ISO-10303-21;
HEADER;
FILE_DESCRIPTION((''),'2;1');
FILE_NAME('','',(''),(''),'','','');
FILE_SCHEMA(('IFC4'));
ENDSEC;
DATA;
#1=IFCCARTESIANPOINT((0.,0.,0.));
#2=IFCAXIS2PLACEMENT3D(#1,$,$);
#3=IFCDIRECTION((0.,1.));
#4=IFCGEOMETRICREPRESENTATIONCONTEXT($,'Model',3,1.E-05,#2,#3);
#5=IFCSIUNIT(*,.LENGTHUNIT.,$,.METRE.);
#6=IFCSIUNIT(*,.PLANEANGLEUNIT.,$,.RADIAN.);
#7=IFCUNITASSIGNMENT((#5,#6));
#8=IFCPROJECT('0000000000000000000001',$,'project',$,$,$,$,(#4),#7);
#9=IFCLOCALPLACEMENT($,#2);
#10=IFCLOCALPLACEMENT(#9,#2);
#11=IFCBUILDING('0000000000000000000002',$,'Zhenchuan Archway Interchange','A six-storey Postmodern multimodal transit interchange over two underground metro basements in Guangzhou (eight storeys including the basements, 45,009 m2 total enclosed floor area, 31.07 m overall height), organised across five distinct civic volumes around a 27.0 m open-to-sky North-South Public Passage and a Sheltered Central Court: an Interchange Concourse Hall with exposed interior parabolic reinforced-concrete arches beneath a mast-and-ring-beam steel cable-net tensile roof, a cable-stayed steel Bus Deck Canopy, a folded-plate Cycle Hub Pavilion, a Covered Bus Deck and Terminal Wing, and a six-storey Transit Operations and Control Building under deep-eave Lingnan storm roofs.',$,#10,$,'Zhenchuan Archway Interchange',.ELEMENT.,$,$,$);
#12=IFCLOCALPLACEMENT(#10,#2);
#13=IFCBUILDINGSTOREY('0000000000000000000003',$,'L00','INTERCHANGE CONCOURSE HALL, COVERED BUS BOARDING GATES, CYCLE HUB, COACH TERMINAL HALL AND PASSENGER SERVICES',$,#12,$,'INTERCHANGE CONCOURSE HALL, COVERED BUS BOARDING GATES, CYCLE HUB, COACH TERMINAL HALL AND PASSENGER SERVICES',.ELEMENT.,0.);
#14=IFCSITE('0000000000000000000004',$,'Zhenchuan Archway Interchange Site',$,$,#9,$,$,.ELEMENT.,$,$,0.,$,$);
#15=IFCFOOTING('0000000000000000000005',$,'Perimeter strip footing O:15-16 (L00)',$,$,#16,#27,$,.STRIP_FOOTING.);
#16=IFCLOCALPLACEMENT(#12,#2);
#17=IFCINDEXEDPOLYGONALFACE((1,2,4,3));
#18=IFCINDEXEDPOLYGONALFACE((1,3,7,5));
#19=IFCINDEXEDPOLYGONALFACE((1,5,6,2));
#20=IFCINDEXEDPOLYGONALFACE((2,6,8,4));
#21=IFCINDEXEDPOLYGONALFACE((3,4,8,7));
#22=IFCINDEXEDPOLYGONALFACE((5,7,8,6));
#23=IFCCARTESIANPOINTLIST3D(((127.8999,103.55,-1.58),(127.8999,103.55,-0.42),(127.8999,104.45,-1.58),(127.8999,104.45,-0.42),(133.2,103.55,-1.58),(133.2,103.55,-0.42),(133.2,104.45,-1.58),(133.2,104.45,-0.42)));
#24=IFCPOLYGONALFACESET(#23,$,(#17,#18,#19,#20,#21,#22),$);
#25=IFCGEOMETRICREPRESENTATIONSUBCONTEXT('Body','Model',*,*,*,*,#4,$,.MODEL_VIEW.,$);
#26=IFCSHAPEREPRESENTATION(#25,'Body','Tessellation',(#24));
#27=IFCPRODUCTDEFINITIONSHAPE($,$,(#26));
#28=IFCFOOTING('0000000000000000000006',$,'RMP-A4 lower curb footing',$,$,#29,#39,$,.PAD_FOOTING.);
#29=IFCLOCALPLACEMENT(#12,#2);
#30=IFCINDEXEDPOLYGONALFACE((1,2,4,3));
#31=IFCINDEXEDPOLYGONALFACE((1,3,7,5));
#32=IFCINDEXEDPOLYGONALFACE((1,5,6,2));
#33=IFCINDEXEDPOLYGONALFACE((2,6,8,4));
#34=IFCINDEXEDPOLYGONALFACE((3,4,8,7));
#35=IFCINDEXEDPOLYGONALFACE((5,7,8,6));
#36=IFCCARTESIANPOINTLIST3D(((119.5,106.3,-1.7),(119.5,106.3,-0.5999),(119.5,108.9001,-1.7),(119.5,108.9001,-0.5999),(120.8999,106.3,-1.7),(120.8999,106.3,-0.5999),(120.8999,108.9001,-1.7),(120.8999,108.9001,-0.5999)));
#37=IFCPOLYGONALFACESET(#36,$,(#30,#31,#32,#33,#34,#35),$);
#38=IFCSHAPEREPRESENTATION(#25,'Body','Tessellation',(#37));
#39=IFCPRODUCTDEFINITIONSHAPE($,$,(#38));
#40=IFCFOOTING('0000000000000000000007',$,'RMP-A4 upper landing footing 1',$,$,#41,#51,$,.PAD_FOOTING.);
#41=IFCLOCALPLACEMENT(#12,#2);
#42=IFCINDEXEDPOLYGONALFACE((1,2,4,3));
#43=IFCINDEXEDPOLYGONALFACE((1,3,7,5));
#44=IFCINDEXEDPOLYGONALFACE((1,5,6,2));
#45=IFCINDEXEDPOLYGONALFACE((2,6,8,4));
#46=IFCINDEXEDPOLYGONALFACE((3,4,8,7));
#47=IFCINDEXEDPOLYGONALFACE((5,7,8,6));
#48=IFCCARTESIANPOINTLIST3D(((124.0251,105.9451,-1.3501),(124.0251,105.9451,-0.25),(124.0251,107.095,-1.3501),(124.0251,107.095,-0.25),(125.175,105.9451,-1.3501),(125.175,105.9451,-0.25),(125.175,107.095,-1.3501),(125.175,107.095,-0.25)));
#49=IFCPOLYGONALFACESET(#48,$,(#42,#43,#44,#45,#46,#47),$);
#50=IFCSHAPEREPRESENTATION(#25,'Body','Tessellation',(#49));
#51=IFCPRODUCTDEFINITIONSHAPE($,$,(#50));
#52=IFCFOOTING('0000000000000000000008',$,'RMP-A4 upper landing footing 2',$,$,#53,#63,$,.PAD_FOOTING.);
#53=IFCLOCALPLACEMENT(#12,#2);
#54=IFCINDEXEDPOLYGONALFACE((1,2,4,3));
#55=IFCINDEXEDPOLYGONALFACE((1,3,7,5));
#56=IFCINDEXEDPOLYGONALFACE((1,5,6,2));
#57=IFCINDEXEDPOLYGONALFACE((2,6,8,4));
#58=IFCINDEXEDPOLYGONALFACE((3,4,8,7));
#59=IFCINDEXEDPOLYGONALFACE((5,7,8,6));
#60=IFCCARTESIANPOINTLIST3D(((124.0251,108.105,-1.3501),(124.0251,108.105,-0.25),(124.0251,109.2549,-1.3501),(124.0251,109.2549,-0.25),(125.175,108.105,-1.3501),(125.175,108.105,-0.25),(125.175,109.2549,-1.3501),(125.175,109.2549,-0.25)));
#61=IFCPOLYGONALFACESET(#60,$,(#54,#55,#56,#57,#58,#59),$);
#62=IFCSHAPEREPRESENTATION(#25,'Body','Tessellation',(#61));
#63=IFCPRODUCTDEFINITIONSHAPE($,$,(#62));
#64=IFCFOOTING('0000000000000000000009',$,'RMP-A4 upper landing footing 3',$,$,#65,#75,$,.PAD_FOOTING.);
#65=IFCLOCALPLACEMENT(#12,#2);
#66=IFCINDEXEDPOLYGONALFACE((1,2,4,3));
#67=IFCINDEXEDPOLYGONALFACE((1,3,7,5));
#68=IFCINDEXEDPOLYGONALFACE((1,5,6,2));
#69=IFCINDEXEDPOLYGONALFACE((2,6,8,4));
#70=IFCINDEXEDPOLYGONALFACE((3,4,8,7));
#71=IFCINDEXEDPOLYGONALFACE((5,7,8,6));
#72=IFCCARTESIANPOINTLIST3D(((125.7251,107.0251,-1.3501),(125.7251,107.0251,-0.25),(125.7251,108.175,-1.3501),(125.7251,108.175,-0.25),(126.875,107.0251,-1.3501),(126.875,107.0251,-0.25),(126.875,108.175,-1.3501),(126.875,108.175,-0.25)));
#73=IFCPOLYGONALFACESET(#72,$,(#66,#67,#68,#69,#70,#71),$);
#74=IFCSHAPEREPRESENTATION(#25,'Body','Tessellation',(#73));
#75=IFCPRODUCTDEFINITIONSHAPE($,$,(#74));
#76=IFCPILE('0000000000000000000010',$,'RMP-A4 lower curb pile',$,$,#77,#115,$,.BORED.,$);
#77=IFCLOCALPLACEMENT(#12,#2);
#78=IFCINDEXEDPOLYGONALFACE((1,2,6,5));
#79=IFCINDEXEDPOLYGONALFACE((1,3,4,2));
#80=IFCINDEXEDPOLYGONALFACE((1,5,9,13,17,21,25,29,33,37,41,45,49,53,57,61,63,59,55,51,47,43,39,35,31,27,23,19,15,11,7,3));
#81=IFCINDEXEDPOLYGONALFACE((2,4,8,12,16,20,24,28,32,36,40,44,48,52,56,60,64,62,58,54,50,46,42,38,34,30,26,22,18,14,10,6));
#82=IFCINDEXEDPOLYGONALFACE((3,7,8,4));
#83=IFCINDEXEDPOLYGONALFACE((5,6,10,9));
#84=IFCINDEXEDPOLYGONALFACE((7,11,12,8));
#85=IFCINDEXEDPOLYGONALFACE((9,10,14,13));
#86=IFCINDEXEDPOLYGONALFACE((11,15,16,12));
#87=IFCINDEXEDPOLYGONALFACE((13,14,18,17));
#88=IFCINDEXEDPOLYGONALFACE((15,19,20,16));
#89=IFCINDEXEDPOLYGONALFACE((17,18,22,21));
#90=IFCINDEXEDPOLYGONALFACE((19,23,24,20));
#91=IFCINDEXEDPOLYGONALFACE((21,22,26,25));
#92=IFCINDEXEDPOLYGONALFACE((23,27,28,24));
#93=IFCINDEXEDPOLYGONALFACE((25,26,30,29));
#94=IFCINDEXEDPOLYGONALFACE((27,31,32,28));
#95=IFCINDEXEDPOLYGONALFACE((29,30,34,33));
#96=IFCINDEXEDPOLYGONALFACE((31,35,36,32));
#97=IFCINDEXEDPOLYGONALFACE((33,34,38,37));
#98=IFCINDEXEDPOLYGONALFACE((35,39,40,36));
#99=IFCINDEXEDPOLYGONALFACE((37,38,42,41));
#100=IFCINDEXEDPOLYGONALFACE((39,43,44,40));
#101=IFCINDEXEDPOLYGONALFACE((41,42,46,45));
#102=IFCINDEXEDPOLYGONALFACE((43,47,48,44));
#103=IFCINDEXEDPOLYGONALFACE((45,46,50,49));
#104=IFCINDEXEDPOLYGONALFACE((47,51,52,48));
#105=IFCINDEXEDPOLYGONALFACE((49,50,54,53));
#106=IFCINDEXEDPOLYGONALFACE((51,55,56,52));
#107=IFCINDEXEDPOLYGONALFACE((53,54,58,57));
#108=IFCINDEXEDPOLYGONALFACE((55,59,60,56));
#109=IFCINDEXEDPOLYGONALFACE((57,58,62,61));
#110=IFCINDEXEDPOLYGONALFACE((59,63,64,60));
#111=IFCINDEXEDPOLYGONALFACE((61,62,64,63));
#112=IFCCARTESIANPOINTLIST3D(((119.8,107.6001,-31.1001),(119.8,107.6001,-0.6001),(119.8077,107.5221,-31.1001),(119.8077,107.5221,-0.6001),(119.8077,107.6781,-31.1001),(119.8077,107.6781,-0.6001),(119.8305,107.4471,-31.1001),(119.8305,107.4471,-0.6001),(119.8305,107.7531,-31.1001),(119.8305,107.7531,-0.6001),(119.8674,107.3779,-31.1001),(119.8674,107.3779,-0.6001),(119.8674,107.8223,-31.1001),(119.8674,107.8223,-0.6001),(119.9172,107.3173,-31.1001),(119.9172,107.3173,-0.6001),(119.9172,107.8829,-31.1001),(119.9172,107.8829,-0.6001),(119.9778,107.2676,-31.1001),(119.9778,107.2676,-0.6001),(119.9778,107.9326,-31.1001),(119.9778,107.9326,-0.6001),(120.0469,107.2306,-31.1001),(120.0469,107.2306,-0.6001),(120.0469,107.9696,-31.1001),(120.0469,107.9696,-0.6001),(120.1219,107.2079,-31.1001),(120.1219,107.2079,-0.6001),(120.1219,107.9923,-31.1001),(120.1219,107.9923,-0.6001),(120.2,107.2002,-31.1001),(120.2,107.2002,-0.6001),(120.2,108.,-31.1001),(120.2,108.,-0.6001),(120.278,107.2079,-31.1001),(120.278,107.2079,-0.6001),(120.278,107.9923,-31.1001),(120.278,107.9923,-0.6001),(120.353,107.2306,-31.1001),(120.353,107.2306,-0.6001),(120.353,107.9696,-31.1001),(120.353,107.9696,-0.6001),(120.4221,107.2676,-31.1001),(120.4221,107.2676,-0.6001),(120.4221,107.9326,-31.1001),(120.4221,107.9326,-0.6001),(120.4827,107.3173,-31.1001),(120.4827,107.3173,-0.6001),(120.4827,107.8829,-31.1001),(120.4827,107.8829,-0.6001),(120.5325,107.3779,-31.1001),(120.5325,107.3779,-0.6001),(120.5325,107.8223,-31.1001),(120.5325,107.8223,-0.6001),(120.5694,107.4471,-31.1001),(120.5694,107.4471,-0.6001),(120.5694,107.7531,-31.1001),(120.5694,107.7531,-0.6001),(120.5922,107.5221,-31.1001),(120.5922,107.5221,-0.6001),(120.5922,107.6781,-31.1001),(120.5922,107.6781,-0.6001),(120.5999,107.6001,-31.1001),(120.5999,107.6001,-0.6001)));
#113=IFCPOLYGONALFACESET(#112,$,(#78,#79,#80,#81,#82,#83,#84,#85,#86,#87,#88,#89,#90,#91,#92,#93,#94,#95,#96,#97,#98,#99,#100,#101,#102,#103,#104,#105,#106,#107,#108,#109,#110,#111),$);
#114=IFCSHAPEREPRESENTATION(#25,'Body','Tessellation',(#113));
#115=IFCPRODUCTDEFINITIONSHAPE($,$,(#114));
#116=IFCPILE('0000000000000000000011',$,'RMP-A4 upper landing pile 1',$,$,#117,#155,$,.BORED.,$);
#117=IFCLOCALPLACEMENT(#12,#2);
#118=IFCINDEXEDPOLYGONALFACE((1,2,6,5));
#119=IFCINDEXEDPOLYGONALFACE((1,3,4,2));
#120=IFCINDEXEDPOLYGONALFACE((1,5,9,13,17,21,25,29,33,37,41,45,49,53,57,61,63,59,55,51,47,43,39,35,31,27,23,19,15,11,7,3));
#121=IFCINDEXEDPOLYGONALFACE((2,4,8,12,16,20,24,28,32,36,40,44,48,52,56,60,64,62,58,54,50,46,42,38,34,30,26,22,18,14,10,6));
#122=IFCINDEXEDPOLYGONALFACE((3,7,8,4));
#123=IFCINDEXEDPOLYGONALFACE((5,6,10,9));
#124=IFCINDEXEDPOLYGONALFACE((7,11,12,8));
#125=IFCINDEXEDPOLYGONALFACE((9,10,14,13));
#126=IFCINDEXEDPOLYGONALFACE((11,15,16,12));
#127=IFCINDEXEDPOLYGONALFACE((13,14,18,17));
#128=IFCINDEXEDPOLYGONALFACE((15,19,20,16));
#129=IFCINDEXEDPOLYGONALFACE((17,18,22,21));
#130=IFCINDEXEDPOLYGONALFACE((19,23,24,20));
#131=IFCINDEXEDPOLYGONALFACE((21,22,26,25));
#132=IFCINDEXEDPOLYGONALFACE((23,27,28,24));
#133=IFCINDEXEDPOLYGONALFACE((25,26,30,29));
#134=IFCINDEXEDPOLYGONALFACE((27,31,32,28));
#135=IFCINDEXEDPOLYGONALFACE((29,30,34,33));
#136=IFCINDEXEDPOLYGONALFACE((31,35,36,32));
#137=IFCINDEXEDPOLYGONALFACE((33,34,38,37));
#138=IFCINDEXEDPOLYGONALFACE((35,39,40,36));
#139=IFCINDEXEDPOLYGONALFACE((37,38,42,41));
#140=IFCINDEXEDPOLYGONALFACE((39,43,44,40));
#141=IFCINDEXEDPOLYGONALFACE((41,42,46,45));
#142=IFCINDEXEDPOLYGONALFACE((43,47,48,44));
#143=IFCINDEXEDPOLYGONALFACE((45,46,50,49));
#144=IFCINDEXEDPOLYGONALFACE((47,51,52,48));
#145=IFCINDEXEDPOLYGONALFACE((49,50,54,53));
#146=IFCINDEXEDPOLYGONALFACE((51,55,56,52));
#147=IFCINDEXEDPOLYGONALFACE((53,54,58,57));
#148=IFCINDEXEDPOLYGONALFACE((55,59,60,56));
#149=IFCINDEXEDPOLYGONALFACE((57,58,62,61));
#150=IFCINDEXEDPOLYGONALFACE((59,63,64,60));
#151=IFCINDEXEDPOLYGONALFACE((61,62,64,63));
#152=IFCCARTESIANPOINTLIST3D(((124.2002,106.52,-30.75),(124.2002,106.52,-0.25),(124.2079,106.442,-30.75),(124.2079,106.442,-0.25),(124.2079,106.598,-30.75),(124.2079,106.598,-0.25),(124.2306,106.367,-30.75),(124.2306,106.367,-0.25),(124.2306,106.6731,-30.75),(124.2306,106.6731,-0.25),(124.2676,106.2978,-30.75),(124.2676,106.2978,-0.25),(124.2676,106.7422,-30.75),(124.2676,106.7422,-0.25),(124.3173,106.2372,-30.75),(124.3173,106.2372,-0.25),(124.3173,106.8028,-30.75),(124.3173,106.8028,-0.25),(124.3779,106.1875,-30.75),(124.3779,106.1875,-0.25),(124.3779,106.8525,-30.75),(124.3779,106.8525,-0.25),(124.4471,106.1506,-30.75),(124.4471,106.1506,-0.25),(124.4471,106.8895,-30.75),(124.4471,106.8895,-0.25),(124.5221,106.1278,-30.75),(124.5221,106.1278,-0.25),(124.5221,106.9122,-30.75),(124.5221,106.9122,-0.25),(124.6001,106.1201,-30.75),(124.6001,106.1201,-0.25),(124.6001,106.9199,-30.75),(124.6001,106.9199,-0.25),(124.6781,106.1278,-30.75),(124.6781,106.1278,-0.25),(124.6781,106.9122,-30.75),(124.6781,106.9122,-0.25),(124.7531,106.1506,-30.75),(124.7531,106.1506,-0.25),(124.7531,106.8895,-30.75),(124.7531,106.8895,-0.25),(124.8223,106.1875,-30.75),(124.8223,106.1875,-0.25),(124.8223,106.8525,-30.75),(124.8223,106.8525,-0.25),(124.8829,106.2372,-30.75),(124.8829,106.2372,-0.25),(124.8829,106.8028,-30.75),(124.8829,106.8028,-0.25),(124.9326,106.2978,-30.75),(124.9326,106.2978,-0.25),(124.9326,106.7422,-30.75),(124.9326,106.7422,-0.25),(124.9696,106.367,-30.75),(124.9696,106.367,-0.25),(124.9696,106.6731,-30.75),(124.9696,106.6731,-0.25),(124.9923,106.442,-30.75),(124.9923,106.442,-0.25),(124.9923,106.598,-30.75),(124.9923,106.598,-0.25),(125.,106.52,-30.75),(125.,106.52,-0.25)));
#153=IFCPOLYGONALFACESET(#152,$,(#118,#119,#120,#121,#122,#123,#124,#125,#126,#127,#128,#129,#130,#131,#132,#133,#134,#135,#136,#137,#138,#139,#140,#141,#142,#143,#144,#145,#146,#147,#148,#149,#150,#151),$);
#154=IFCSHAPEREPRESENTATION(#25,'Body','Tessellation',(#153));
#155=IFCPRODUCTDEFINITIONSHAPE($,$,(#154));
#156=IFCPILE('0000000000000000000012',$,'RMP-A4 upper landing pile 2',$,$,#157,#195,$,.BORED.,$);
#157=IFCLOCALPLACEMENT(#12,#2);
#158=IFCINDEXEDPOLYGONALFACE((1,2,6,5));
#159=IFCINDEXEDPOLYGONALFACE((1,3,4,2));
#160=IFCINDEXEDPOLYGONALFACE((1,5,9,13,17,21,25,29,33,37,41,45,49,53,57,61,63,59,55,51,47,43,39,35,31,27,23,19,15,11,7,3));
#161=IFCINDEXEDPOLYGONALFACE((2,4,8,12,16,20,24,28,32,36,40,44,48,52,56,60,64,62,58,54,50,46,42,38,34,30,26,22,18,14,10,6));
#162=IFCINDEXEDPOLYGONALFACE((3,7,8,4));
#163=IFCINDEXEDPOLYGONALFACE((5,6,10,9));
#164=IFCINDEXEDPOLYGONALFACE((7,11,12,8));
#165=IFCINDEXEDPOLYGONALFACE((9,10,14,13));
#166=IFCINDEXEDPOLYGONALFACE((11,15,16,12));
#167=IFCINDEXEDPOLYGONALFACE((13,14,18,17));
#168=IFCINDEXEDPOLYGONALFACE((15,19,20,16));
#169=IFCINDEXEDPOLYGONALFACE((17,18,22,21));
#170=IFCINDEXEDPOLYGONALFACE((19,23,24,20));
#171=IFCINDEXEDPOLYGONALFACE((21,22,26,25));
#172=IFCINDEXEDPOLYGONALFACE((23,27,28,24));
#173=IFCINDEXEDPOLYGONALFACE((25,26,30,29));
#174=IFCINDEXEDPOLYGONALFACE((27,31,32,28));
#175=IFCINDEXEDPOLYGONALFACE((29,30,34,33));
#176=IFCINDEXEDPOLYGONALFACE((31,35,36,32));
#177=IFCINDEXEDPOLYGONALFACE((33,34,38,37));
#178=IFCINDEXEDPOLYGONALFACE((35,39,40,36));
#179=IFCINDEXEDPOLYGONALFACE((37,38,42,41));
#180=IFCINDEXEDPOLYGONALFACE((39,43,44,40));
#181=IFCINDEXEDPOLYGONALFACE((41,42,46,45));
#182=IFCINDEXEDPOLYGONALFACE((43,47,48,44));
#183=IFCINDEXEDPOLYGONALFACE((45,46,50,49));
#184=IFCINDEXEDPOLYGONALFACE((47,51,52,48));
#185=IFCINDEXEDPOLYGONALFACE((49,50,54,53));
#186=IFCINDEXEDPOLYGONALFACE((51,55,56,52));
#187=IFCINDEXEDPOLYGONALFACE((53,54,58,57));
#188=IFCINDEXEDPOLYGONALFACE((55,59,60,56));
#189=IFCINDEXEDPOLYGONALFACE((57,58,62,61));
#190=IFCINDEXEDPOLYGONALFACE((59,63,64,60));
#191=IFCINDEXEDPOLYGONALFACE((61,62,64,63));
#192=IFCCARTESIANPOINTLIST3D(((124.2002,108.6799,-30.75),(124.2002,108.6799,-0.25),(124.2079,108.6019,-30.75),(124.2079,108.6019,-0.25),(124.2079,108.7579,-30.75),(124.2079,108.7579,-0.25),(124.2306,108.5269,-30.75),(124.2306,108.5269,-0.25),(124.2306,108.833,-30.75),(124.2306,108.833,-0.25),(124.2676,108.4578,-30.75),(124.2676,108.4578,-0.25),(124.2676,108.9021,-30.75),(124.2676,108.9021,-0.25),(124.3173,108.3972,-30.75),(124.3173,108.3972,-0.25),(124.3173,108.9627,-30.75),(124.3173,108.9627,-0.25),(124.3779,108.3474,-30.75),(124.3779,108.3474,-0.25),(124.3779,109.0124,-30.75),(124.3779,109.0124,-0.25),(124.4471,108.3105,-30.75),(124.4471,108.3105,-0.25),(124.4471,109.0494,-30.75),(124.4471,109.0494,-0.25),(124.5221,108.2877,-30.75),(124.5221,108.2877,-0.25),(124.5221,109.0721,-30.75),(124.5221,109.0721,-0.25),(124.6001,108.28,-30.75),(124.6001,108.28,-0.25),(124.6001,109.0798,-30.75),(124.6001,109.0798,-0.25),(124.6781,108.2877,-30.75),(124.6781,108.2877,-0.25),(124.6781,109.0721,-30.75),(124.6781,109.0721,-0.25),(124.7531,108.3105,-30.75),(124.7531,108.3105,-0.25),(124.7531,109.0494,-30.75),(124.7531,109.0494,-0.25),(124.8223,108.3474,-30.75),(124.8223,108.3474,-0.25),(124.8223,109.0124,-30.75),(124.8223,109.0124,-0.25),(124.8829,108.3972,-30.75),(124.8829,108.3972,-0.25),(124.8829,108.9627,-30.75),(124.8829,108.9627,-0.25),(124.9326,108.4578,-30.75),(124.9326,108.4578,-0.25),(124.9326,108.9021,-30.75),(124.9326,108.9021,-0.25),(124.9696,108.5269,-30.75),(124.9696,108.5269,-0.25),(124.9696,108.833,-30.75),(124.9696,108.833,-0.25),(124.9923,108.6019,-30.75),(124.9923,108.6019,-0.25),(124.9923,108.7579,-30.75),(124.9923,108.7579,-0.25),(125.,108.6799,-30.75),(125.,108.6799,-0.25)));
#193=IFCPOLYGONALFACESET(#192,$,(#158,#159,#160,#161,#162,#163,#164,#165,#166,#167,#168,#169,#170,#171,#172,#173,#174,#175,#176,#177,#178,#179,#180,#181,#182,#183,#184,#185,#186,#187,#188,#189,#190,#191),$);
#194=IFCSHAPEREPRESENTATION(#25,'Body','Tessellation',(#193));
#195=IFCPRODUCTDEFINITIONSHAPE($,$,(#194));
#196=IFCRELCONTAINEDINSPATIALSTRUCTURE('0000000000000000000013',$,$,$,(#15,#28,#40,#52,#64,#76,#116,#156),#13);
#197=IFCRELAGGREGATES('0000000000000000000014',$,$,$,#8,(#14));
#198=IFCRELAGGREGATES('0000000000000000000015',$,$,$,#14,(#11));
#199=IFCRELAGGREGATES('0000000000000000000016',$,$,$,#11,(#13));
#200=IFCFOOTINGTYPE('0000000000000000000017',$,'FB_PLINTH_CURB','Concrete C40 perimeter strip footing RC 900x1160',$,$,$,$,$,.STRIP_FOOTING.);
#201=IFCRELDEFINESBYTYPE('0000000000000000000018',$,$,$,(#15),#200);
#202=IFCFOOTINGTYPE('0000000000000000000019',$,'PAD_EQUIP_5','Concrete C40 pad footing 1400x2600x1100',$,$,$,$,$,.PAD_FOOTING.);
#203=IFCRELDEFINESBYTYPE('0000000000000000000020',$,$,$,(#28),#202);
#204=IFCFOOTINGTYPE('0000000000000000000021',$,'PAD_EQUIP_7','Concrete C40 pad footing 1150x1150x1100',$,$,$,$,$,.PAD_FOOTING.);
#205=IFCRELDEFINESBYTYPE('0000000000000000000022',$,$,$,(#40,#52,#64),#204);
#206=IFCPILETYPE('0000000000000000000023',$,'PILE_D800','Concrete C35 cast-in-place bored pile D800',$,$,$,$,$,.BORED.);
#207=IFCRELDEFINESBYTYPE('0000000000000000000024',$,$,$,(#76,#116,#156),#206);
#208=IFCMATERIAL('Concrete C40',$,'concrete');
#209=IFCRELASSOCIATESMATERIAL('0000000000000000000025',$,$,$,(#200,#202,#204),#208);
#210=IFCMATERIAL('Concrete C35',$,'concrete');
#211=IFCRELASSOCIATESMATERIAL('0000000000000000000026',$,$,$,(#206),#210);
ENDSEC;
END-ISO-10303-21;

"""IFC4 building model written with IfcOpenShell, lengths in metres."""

from ifc_helpers import new_model, si_unit, direction, frame, origin, origin_2d, place, context, subcontext, project, spatial, rectangle, circle, extrude, material, material_profile, profile_set, type_object, element, save


model = new_model("IFC4")

# Units and contexts
model_context = context("Model", 3, precision=1e-05, world=origin(), true_north=direction((0.0, 1.0)))
body_context = subcontext(model_context, "Body", "Model", "MODEL_VIEW")
ifc_project = project(units=[si_unit("LENGTHUNIT", "METRE"), si_unit("PLANEANGLEUNIT", "RADIAN")], contexts=[model_context])

# Site, building, storey
site_placement = place(None, origin())
site = spatial("IfcSite", under=ifc_project, at=site_placement, Name="Zhenchuan Archway Interchange Site", CompositionType="ELEMENT", RefElevation=0.0)
building_placement = place(site_placement, origin())
building = spatial("IfcBuilding", under=site, at=building_placement, Name="Zhenchuan Archway Interchange", Description="A six-storey Postmodern multimodal transit interchange over two underground metro basements in Guangzhou (eight storeys including the basements, 45,009 m2 total enclosed floor area, 31.07 m overall height), organised across five distinct civic volumes around a 27.0 m open-to-sky North-South Public Passage and a Sheltered Central Court: an Interchange Concourse Hall with exposed interior parabolic reinforced-concrete arches beneath a mast-and-ring-beam steel cable-net tensile roof, a cable-stayed steel Bus Deck Canopy, a folded-plate Cycle Hub Pavilion, a Covered Bus Deck and Terminal Wing, and a six-storey Transit Operations and Control Building under deep-eave Lingnan storm roofs.", LongName="Zhenchuan Archway Interchange", CompositionType="ELEMENT")
storey_placement = place(building_placement, origin())
storey = spatial("IfcBuildingStorey", under=building, at=storey_placement, Name="L00", Description="INTERCHANGE CONCOURSE HALL, COVERED BUS BOARDING GATES, CYCLE HUB, COACH TERMINAL HALL AND PASSENGER SERVICES", LongName="INTERCHANGE CONCOURSE HALL, COVERED BUS BOARDING GATES, CYCLE HUB, COACH TERMINAL HALL AND PASSENGER SERVICES", CompositionType="ELEMENT", Elevation=0.0)

# Footings
ifc_material_1 = material(Name="Concrete C40", Category="concrete")
ifc_material_profile_1 = material_profile(ifc_material_1, rectangle(XDim=0.8999, YDim=1.1599, at=origin_2d()), Name="RC 900x1160")
ifc_profile_set_1 = profile_set([ifc_material_profile_1], Name="Concrete C40")
footing_type_1 = type_object("IfcFootingType", Name="FB_PLINTH_CURB", Description="Concrete C40 perimeter strip footing RC 900x1160", PredefinedType="STRIP_FOOTING", material=ifc_profile_set_1)
footing_1_placement = place(storey_placement, frame((127.8999, 104.0, -1.0), z_axis=(1.0, 0.0, 0.0), x_axis=(0.0, 1.0, 0.0)))
element("IfcFooting", 1, at=footing_1_placement, inside=storey, type_object=footing_type_1, Name="Perimeter strip footing O:15-16 (L00)", PredefinedType="STRIP_FOOTING", context=body_context, shape_type="SweptSolid", body=[
    extrude(rectangle(XDim=0.8999, YDim=1.1599, at=origin_2d()), origin(), (0.0, 0.0, 1.0), 5.3),
])
footing_type_2 = type_object("IfcFootingType", Name="PAD_EQUIP_5", Description="Concrete C40 pad footing 1400x2600x1100", PredefinedType="PAD_FOOTING", material=ifc_material_1)
footing_2_placement = place(storey_placement, frame((120.2, 107.6001, -1.7), z_axis=(0.0, 0.0, 1.0), x_axis=(1.0, 0.0, 0.0)))
element("IfcFooting", 2, at=footing_2_placement, inside=storey, type_object=footing_type_2, Name="RMP-A4 lower curb footing", PredefinedType="PAD_FOOTING", context=body_context, shape_type="SweptSolid", body=[
    extrude(rectangle(XDim=1.3999, YDim=2.6001, at=origin_2d()), origin(), (0.0, 0.0, 1.0), 1.1001),
])
footing_type_3 = type_object("IfcFootingType", Name="PAD_EQUIP_7", Description="Concrete C40 pad footing 1150x1150x1100", PredefinedType="PAD_FOOTING", material=ifc_material_1)
for number, where, z_axis, x_axis, name in (
    (3, (124.6001, 106.52, -1.3501), (0.0, 0.0, 1.0), (1.0, 0.0, 0.0), "RMP-A4 upper landing footing 1"),
    (4, (124.6001, 108.6799, -1.3501), (0.0, 0.0, 1.0), (1.0, 0.0, 0.0), "RMP-A4 upper landing footing 2"),
    (5, (126.3, 107.6001, -1.3501), (0.0, 0.0, 1.0), (1.0, 0.0, 0.0), "RMP-A4 upper landing footing 3"),
):
    element("IfcFooting", number, at=place(storey_placement, frame(where, z_axis=z_axis, x_axis=x_axis)), inside=storey, type_object=footing_type_3, Name=name, PredefinedType="PAD_FOOTING", context=body_context, shape_type="SweptSolid", body=[
        extrude(rectangle(XDim=1.1499, YDim=1.1499, at=origin_2d()), origin(), (0.0, 0.0, 1.0), 1.1001),
    ])

# Piles
ifc_material_2 = material(Name="Concrete C35", Category="concrete")
ifc_material_profile_2 = material_profile(ifc_material_2, circle(Radius=0.3999, at=origin_2d()), Name="BORED PILE 800")
ifc_profile_set_2 = profile_set([ifc_material_profile_2], Name="Concrete C35")
pile_type_1 = type_object("IfcPileType", Name="PILE_D800", Description="Concrete C35 cast-in-place bored pile D800", PredefinedType="BORED", material=ifc_profile_set_2)
for number, where, z_axis, x_axis, name in (
    (6, (120.2, 107.6001, -0.6001), (0.0, 0.0, -1.0), (1.0, 0.0, 0.0), "RMP-A4 lower curb pile"),
    (7, (124.6001, 106.52, -0.25), (0.0, 0.0, -1.0), (1.0, 0.0, 0.0), "RMP-A4 upper landing pile 1"),
    (8, (124.6001, 108.6799, -0.25), (0.0, 0.0, -1.0), (1.0, 0.0, 0.0), "RMP-A4 upper landing pile 2"),
):
    element("IfcPile", number, at=place(storey_placement, frame(where, z_axis=z_axis, x_axis=x_axis)), inside=storey, type_object=pile_type_1, Name=name, PredefinedType="BORED", context=body_context, shape_type="SweptSolid", body=[
        extrude(circle(Radius=0.3999, at=origin_2d()), origin(), (0.0, 0.0, 1.0), 30.5),
    ])

save(model, "model.ifc")
